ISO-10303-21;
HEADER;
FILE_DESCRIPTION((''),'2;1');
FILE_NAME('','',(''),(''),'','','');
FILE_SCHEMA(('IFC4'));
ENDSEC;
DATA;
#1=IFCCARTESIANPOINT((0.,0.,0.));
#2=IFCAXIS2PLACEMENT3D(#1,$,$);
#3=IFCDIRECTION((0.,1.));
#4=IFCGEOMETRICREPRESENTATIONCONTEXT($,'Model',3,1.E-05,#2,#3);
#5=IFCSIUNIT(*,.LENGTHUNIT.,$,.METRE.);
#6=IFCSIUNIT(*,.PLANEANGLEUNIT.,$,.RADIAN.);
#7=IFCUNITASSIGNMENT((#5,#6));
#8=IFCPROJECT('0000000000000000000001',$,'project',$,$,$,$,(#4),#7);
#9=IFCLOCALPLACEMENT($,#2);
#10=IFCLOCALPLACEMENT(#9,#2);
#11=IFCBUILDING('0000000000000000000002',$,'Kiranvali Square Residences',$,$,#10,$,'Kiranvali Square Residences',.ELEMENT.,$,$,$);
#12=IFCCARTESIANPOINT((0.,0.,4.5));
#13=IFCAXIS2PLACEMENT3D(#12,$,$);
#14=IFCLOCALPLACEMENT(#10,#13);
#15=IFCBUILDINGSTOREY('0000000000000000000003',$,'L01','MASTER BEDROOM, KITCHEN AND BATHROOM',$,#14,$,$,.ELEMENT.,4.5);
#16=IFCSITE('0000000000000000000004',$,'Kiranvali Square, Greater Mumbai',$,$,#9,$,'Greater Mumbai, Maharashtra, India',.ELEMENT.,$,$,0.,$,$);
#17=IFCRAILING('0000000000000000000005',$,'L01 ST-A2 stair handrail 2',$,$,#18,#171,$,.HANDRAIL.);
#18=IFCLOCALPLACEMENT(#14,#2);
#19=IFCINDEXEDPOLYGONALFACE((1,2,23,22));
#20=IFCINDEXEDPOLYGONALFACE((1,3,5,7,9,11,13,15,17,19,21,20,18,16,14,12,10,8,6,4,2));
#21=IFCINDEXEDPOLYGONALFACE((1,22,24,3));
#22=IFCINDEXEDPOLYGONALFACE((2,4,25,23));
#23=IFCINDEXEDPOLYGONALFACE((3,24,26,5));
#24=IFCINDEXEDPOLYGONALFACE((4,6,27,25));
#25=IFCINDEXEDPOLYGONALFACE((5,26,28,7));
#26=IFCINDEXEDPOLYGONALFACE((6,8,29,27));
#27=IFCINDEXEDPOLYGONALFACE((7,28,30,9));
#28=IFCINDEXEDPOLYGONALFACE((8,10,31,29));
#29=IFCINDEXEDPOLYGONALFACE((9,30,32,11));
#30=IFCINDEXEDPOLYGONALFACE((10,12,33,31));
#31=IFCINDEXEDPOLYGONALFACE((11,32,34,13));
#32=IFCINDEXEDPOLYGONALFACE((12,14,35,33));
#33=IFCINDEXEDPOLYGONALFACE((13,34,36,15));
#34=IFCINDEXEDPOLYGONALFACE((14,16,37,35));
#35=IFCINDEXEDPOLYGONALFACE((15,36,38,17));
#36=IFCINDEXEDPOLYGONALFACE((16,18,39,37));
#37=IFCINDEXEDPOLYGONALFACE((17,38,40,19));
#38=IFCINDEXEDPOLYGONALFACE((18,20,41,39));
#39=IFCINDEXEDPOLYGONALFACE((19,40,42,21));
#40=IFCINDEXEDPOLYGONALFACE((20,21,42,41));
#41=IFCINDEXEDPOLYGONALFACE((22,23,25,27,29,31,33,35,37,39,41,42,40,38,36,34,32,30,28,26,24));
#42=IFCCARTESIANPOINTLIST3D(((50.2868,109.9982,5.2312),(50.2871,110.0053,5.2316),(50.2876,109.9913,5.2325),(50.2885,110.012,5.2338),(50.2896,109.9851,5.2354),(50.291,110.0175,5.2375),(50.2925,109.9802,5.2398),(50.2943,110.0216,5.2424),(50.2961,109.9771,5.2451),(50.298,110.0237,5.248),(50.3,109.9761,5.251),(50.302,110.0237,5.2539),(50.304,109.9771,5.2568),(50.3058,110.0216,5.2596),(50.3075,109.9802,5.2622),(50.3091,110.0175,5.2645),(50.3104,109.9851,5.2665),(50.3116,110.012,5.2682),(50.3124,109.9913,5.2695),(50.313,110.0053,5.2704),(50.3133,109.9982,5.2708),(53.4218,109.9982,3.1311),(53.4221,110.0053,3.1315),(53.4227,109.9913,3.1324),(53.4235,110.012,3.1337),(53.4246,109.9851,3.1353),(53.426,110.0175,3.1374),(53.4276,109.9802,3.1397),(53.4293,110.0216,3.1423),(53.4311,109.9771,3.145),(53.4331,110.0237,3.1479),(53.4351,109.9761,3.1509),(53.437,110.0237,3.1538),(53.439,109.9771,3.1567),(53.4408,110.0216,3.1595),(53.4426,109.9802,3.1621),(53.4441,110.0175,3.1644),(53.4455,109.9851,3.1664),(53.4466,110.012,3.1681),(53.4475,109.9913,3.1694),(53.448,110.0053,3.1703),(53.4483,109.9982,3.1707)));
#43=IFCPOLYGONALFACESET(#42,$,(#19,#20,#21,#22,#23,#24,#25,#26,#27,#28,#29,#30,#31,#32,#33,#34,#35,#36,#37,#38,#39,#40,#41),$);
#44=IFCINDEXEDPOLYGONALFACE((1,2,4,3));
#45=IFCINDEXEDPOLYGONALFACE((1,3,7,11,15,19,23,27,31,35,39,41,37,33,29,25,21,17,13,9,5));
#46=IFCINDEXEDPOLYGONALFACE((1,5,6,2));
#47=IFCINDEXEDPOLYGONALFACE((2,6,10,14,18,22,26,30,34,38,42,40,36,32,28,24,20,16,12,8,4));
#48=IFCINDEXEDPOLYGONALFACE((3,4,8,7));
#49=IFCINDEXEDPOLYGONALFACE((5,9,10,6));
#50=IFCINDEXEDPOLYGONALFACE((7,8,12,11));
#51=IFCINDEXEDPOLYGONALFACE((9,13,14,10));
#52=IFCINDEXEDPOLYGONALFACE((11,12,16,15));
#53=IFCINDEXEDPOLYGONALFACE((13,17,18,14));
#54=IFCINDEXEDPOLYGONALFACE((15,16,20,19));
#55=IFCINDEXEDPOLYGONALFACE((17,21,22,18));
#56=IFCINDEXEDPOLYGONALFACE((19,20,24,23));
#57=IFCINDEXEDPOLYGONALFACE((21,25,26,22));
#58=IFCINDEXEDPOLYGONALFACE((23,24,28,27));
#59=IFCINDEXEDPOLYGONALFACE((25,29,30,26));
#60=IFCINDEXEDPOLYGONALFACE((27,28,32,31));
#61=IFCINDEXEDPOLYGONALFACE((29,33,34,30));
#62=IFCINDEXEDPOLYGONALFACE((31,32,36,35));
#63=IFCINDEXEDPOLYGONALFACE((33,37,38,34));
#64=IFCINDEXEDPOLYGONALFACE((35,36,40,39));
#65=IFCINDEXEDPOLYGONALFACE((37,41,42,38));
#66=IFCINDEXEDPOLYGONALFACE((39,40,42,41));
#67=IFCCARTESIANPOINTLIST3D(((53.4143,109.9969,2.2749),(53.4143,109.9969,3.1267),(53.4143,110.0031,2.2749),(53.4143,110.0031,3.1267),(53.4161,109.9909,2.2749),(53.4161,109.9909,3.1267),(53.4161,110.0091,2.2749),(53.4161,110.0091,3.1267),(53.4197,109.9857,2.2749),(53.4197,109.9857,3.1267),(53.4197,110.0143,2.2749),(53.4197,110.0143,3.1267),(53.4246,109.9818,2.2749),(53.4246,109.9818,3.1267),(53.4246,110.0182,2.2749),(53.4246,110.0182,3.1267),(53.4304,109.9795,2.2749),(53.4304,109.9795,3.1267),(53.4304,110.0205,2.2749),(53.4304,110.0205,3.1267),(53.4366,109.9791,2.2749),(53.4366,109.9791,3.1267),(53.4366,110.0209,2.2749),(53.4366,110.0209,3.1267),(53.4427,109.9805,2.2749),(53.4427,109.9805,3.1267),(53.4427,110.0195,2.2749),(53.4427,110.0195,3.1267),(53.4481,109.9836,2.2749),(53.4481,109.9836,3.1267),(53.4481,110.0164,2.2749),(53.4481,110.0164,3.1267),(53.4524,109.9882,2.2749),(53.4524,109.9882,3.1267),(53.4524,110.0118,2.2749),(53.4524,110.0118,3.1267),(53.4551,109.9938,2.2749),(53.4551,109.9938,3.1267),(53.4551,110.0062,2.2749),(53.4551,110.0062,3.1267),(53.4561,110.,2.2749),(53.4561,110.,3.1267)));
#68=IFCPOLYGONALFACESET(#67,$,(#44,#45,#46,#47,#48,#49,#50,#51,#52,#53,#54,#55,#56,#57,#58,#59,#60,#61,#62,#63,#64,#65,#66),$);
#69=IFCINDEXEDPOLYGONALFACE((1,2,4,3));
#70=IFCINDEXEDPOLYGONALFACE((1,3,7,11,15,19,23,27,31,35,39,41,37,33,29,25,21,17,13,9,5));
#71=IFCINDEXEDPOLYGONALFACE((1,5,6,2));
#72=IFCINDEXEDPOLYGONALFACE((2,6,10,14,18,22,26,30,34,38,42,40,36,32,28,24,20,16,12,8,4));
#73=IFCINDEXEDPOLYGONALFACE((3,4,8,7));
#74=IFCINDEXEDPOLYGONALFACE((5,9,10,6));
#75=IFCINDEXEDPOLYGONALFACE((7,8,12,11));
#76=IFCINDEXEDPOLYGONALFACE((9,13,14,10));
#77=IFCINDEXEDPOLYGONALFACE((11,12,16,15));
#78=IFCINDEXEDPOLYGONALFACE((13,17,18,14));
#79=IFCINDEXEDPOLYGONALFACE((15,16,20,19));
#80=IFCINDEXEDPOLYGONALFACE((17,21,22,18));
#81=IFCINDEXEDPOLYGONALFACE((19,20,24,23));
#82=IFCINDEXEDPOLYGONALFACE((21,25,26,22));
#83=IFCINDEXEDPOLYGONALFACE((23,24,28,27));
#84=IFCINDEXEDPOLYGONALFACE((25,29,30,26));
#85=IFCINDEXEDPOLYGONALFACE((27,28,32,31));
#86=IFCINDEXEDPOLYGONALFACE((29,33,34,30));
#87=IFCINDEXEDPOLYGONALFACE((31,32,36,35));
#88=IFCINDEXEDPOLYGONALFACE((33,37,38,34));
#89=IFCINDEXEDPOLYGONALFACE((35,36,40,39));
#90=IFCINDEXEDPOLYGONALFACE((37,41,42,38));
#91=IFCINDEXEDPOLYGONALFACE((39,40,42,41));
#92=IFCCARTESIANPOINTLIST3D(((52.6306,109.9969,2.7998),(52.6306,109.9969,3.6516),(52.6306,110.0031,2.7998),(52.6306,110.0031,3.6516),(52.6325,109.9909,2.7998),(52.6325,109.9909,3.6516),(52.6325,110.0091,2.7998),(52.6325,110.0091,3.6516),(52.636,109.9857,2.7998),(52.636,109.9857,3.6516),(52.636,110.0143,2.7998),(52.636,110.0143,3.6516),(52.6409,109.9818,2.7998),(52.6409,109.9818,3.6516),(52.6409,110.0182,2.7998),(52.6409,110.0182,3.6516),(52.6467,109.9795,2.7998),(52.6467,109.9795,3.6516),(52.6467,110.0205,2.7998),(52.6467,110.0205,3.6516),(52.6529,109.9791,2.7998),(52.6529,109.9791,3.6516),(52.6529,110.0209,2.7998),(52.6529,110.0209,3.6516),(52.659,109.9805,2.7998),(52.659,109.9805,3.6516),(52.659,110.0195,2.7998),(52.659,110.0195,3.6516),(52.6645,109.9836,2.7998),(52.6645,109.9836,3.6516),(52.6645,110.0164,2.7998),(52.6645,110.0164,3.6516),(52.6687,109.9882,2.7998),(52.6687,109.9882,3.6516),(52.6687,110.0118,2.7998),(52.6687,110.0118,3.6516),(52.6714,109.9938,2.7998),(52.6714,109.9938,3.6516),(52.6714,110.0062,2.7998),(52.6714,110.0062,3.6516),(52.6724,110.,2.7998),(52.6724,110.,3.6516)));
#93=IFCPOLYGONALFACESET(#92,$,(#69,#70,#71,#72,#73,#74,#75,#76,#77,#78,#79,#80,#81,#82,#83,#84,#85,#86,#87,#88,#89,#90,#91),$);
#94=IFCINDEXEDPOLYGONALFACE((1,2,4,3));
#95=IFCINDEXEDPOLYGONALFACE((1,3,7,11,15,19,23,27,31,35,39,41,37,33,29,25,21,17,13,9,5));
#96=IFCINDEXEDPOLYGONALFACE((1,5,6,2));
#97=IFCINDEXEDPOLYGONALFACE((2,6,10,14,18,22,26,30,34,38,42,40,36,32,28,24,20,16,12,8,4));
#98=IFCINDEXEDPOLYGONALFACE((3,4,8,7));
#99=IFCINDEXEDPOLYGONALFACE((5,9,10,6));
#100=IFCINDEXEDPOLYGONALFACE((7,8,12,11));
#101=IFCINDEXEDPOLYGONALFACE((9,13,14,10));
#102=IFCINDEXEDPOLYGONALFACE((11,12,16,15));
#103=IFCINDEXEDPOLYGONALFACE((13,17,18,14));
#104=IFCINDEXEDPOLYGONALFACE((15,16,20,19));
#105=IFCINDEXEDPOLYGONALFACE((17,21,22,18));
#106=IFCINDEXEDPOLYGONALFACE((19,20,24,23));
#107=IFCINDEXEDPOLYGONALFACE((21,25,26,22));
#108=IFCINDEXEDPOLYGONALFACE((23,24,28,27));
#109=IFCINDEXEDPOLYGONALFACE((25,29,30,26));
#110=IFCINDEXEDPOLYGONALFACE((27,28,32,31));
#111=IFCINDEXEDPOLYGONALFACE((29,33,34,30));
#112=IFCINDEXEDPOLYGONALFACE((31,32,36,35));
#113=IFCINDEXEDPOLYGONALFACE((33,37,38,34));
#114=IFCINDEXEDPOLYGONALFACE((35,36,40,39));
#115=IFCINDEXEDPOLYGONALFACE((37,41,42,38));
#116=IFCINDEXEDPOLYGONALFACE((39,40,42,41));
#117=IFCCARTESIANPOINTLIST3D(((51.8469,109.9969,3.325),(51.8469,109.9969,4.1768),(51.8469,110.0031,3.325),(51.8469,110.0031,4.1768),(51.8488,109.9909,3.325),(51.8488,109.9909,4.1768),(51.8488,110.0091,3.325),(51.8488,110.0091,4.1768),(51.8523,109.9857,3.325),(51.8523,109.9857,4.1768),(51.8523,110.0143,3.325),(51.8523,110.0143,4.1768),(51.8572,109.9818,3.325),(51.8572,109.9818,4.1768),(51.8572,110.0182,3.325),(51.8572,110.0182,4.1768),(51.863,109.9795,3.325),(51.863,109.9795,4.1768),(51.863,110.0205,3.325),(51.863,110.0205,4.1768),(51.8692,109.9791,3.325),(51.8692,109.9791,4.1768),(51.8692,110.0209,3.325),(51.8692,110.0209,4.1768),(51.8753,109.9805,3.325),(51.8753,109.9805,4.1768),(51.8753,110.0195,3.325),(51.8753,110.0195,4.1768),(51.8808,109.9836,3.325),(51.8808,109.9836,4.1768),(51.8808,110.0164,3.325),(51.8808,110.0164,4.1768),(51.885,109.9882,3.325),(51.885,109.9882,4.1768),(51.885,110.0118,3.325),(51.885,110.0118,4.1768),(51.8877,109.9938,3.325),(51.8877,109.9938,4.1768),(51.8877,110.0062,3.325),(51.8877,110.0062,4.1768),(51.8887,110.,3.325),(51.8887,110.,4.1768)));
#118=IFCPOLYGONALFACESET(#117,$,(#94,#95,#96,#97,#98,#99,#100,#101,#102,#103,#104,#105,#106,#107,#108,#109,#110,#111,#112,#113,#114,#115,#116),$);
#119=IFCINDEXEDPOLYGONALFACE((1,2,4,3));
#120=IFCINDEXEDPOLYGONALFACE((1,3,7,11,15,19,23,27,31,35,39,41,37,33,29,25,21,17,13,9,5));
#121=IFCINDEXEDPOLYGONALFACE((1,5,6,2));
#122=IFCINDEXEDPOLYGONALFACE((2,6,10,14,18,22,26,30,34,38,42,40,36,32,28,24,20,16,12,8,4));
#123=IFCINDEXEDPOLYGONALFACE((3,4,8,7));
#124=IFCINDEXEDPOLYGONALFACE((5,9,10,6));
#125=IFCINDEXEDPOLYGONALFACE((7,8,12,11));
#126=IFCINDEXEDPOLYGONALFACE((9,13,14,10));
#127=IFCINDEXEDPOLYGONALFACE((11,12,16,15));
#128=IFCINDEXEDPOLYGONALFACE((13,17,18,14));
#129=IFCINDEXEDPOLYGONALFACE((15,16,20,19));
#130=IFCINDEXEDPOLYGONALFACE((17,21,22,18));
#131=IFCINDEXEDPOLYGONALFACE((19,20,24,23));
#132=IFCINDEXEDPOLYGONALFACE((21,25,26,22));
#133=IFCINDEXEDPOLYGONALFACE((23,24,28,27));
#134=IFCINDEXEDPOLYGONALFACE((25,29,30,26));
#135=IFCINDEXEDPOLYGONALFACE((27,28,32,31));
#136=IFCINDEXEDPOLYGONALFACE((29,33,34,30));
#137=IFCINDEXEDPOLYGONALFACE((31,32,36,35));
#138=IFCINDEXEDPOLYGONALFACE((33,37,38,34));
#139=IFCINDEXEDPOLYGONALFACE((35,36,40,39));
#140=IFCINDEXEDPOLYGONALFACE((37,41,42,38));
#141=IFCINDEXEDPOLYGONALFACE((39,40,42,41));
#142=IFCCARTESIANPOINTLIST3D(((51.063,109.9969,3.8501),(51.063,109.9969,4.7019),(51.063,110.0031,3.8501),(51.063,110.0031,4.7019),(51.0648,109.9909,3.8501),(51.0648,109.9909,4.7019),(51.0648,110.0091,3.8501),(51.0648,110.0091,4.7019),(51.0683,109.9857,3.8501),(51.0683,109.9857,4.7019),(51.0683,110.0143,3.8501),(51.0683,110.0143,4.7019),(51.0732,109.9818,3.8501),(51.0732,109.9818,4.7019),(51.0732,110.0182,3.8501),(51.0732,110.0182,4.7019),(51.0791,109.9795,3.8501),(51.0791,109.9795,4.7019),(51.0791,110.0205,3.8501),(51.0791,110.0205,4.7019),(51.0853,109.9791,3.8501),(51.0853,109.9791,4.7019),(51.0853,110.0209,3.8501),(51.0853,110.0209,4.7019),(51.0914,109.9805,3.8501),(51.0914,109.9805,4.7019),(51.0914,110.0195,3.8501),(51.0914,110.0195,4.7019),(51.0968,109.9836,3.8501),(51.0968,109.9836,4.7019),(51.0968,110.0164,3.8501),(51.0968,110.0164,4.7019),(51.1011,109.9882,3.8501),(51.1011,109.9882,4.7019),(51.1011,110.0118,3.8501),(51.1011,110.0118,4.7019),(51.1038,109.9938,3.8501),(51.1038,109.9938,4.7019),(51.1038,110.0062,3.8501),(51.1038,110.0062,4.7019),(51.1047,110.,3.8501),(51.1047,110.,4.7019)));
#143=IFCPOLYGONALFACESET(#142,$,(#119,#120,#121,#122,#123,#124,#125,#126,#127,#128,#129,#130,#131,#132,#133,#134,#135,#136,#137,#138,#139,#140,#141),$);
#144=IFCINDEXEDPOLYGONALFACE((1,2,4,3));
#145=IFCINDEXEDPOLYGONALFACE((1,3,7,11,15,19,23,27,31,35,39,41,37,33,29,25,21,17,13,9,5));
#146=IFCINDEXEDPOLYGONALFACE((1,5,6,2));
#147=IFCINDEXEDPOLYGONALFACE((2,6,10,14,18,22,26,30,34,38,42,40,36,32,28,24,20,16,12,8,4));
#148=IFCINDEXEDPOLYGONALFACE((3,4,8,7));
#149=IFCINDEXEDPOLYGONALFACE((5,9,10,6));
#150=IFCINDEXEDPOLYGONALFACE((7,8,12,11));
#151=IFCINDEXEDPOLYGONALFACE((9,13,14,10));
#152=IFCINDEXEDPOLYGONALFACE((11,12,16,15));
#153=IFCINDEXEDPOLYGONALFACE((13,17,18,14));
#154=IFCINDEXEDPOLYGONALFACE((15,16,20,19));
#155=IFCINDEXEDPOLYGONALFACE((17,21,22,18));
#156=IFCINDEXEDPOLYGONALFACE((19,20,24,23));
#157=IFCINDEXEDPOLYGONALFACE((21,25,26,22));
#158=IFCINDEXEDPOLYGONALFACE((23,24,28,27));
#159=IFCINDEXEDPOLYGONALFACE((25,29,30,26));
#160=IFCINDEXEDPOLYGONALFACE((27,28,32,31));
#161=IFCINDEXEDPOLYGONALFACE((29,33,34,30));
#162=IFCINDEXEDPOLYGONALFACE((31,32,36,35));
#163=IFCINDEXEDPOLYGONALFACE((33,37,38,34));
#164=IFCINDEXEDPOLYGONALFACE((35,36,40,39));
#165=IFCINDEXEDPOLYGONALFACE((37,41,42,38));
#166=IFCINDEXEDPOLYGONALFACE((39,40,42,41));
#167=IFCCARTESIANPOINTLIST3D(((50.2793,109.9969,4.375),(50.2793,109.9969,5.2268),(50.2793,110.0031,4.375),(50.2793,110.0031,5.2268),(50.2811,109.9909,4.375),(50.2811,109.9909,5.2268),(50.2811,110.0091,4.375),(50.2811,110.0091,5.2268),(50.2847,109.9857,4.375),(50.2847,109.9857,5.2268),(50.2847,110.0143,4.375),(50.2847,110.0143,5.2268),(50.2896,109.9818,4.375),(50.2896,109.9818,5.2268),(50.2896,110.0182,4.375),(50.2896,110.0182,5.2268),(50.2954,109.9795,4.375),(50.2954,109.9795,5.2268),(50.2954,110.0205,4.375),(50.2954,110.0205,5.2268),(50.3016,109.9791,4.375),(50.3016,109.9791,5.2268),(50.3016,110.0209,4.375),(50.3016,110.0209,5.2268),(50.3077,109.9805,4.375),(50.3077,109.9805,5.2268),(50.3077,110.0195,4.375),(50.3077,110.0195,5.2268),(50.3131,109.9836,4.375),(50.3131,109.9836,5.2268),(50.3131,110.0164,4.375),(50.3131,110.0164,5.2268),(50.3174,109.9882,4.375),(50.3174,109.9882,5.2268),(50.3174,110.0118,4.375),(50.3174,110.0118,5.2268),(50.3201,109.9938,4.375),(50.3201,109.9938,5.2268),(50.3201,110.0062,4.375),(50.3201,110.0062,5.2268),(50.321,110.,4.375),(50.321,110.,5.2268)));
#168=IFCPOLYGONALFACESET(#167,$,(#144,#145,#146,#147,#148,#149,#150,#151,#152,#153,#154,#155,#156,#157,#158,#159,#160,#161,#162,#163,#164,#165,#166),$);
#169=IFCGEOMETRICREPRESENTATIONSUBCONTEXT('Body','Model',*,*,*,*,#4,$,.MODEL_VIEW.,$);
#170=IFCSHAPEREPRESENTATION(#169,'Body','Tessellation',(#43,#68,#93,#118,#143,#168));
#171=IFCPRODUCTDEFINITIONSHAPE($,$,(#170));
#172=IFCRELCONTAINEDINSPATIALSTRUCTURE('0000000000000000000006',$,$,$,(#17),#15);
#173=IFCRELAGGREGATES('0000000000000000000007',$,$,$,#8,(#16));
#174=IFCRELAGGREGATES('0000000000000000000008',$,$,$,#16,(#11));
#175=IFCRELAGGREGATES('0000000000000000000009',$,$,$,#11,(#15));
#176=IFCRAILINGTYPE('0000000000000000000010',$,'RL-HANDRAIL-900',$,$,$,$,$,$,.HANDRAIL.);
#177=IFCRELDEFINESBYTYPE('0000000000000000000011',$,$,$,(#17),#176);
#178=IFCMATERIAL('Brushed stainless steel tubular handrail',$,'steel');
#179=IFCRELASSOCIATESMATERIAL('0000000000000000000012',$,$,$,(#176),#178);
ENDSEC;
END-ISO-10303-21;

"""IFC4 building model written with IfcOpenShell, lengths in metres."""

from ifc_helpers import new_model, si_unit, direction, frame, origin, origin_2d, place, context, subcontext, project, spatial, circle, extrude, material, type_object, element, save


model = new_model("IFC4")

# Units and contexts
model_context = context("Model", 3, precision=1e-05, world=origin(), true_north=direction((0.0, 1.0)))
body_context = subcontext(model_context, "Body", "Model", "MODEL_VIEW")
ifc_project = project(units=[si_unit("LENGTHUNIT", "METRE"), si_unit("PLANEANGLEUNIT", "RADIAN")], contexts=[model_context])

# Site, building, storey
site_placement = place(None, origin())
site = spatial("IfcSite", under=ifc_project, at=site_placement, Name="Kiranvali Square, Greater Mumbai", LongName="Greater Mumbai, Maharashtra, India", CompositionType="ELEMENT", RefElevation=0.0)
building_placement = place(site_placement, origin())
building = spatial("IfcBuilding", under=site, at=building_placement, Name="Kiranvali Square Residences", LongName="Kiranvali Square Residences", CompositionType="ELEMENT")
storey_placement = place(building_placement, frame((0.0, 0.0, 4.5)))
storey = spatial("IfcBuildingStorey", under=building, at=storey_placement, Name="L01", Description="MASTER BEDROOM, KITCHEN AND BATHROOM", CompositionType="ELEMENT", Elevation=4.5)

# Railing
ifc_material_1 = material(Name="Brushed stainless steel tubular handrail", Category="steel")
railing_type_1 = type_object("IfcRailingType", Name="RL-HANDRAIL-900", PredefinedType="HANDRAIL", material=ifc_material_1)
railing_1_placement = place(storey_placement, frame((53.4351, 110.0, 2.2749)))
element("IfcRailing", 1, at=railing_1_placement, inside=storey, type_object=railing_type_1, Name="L01 ST-A2 stair handrail 2", PredefinedType="HANDRAIL", context=body_context, shape_type="SweptSolid", body=[
    extrude(circle(Radius=0.0239, at=origin_2d()), frame((0.0, 0.0, 0.876), z_axis=(-0.830814, 0.0, 0.55655), x_axis=(0.0, -1.0, 0.0)), (0.0, 0.0, 1.0), 3.7734),
    extrude(circle(Radius=0.021, at=origin_2d()), origin(), (0.0, 0.0, 1.0), 0.8518),
    extrude(circle(Radius=0.021, at=origin_2d()), frame((-0.7837, 0.0, 0.5249)), (0.0, 0.0, 1.0), 0.8518),
    extrude(circle(Radius=0.021, at=origin_2d()), frame((-1.5674, 0.0, 1.05)), (0.0, 0.0, 1.0), 0.8518),
    extrude(circle(Radius=0.021, at=origin_2d()), frame((-2.3513, 0.0, 1.5752)), (0.0, 0.0, 1.0), 0.8518),
    extrude(circle(Radius=0.021, at=origin_2d()), frame((-3.135, 0.0, 2.1001)), (0.0, 0.0, 1.0), 0.8518),
])

save(model, "model.ifc")
